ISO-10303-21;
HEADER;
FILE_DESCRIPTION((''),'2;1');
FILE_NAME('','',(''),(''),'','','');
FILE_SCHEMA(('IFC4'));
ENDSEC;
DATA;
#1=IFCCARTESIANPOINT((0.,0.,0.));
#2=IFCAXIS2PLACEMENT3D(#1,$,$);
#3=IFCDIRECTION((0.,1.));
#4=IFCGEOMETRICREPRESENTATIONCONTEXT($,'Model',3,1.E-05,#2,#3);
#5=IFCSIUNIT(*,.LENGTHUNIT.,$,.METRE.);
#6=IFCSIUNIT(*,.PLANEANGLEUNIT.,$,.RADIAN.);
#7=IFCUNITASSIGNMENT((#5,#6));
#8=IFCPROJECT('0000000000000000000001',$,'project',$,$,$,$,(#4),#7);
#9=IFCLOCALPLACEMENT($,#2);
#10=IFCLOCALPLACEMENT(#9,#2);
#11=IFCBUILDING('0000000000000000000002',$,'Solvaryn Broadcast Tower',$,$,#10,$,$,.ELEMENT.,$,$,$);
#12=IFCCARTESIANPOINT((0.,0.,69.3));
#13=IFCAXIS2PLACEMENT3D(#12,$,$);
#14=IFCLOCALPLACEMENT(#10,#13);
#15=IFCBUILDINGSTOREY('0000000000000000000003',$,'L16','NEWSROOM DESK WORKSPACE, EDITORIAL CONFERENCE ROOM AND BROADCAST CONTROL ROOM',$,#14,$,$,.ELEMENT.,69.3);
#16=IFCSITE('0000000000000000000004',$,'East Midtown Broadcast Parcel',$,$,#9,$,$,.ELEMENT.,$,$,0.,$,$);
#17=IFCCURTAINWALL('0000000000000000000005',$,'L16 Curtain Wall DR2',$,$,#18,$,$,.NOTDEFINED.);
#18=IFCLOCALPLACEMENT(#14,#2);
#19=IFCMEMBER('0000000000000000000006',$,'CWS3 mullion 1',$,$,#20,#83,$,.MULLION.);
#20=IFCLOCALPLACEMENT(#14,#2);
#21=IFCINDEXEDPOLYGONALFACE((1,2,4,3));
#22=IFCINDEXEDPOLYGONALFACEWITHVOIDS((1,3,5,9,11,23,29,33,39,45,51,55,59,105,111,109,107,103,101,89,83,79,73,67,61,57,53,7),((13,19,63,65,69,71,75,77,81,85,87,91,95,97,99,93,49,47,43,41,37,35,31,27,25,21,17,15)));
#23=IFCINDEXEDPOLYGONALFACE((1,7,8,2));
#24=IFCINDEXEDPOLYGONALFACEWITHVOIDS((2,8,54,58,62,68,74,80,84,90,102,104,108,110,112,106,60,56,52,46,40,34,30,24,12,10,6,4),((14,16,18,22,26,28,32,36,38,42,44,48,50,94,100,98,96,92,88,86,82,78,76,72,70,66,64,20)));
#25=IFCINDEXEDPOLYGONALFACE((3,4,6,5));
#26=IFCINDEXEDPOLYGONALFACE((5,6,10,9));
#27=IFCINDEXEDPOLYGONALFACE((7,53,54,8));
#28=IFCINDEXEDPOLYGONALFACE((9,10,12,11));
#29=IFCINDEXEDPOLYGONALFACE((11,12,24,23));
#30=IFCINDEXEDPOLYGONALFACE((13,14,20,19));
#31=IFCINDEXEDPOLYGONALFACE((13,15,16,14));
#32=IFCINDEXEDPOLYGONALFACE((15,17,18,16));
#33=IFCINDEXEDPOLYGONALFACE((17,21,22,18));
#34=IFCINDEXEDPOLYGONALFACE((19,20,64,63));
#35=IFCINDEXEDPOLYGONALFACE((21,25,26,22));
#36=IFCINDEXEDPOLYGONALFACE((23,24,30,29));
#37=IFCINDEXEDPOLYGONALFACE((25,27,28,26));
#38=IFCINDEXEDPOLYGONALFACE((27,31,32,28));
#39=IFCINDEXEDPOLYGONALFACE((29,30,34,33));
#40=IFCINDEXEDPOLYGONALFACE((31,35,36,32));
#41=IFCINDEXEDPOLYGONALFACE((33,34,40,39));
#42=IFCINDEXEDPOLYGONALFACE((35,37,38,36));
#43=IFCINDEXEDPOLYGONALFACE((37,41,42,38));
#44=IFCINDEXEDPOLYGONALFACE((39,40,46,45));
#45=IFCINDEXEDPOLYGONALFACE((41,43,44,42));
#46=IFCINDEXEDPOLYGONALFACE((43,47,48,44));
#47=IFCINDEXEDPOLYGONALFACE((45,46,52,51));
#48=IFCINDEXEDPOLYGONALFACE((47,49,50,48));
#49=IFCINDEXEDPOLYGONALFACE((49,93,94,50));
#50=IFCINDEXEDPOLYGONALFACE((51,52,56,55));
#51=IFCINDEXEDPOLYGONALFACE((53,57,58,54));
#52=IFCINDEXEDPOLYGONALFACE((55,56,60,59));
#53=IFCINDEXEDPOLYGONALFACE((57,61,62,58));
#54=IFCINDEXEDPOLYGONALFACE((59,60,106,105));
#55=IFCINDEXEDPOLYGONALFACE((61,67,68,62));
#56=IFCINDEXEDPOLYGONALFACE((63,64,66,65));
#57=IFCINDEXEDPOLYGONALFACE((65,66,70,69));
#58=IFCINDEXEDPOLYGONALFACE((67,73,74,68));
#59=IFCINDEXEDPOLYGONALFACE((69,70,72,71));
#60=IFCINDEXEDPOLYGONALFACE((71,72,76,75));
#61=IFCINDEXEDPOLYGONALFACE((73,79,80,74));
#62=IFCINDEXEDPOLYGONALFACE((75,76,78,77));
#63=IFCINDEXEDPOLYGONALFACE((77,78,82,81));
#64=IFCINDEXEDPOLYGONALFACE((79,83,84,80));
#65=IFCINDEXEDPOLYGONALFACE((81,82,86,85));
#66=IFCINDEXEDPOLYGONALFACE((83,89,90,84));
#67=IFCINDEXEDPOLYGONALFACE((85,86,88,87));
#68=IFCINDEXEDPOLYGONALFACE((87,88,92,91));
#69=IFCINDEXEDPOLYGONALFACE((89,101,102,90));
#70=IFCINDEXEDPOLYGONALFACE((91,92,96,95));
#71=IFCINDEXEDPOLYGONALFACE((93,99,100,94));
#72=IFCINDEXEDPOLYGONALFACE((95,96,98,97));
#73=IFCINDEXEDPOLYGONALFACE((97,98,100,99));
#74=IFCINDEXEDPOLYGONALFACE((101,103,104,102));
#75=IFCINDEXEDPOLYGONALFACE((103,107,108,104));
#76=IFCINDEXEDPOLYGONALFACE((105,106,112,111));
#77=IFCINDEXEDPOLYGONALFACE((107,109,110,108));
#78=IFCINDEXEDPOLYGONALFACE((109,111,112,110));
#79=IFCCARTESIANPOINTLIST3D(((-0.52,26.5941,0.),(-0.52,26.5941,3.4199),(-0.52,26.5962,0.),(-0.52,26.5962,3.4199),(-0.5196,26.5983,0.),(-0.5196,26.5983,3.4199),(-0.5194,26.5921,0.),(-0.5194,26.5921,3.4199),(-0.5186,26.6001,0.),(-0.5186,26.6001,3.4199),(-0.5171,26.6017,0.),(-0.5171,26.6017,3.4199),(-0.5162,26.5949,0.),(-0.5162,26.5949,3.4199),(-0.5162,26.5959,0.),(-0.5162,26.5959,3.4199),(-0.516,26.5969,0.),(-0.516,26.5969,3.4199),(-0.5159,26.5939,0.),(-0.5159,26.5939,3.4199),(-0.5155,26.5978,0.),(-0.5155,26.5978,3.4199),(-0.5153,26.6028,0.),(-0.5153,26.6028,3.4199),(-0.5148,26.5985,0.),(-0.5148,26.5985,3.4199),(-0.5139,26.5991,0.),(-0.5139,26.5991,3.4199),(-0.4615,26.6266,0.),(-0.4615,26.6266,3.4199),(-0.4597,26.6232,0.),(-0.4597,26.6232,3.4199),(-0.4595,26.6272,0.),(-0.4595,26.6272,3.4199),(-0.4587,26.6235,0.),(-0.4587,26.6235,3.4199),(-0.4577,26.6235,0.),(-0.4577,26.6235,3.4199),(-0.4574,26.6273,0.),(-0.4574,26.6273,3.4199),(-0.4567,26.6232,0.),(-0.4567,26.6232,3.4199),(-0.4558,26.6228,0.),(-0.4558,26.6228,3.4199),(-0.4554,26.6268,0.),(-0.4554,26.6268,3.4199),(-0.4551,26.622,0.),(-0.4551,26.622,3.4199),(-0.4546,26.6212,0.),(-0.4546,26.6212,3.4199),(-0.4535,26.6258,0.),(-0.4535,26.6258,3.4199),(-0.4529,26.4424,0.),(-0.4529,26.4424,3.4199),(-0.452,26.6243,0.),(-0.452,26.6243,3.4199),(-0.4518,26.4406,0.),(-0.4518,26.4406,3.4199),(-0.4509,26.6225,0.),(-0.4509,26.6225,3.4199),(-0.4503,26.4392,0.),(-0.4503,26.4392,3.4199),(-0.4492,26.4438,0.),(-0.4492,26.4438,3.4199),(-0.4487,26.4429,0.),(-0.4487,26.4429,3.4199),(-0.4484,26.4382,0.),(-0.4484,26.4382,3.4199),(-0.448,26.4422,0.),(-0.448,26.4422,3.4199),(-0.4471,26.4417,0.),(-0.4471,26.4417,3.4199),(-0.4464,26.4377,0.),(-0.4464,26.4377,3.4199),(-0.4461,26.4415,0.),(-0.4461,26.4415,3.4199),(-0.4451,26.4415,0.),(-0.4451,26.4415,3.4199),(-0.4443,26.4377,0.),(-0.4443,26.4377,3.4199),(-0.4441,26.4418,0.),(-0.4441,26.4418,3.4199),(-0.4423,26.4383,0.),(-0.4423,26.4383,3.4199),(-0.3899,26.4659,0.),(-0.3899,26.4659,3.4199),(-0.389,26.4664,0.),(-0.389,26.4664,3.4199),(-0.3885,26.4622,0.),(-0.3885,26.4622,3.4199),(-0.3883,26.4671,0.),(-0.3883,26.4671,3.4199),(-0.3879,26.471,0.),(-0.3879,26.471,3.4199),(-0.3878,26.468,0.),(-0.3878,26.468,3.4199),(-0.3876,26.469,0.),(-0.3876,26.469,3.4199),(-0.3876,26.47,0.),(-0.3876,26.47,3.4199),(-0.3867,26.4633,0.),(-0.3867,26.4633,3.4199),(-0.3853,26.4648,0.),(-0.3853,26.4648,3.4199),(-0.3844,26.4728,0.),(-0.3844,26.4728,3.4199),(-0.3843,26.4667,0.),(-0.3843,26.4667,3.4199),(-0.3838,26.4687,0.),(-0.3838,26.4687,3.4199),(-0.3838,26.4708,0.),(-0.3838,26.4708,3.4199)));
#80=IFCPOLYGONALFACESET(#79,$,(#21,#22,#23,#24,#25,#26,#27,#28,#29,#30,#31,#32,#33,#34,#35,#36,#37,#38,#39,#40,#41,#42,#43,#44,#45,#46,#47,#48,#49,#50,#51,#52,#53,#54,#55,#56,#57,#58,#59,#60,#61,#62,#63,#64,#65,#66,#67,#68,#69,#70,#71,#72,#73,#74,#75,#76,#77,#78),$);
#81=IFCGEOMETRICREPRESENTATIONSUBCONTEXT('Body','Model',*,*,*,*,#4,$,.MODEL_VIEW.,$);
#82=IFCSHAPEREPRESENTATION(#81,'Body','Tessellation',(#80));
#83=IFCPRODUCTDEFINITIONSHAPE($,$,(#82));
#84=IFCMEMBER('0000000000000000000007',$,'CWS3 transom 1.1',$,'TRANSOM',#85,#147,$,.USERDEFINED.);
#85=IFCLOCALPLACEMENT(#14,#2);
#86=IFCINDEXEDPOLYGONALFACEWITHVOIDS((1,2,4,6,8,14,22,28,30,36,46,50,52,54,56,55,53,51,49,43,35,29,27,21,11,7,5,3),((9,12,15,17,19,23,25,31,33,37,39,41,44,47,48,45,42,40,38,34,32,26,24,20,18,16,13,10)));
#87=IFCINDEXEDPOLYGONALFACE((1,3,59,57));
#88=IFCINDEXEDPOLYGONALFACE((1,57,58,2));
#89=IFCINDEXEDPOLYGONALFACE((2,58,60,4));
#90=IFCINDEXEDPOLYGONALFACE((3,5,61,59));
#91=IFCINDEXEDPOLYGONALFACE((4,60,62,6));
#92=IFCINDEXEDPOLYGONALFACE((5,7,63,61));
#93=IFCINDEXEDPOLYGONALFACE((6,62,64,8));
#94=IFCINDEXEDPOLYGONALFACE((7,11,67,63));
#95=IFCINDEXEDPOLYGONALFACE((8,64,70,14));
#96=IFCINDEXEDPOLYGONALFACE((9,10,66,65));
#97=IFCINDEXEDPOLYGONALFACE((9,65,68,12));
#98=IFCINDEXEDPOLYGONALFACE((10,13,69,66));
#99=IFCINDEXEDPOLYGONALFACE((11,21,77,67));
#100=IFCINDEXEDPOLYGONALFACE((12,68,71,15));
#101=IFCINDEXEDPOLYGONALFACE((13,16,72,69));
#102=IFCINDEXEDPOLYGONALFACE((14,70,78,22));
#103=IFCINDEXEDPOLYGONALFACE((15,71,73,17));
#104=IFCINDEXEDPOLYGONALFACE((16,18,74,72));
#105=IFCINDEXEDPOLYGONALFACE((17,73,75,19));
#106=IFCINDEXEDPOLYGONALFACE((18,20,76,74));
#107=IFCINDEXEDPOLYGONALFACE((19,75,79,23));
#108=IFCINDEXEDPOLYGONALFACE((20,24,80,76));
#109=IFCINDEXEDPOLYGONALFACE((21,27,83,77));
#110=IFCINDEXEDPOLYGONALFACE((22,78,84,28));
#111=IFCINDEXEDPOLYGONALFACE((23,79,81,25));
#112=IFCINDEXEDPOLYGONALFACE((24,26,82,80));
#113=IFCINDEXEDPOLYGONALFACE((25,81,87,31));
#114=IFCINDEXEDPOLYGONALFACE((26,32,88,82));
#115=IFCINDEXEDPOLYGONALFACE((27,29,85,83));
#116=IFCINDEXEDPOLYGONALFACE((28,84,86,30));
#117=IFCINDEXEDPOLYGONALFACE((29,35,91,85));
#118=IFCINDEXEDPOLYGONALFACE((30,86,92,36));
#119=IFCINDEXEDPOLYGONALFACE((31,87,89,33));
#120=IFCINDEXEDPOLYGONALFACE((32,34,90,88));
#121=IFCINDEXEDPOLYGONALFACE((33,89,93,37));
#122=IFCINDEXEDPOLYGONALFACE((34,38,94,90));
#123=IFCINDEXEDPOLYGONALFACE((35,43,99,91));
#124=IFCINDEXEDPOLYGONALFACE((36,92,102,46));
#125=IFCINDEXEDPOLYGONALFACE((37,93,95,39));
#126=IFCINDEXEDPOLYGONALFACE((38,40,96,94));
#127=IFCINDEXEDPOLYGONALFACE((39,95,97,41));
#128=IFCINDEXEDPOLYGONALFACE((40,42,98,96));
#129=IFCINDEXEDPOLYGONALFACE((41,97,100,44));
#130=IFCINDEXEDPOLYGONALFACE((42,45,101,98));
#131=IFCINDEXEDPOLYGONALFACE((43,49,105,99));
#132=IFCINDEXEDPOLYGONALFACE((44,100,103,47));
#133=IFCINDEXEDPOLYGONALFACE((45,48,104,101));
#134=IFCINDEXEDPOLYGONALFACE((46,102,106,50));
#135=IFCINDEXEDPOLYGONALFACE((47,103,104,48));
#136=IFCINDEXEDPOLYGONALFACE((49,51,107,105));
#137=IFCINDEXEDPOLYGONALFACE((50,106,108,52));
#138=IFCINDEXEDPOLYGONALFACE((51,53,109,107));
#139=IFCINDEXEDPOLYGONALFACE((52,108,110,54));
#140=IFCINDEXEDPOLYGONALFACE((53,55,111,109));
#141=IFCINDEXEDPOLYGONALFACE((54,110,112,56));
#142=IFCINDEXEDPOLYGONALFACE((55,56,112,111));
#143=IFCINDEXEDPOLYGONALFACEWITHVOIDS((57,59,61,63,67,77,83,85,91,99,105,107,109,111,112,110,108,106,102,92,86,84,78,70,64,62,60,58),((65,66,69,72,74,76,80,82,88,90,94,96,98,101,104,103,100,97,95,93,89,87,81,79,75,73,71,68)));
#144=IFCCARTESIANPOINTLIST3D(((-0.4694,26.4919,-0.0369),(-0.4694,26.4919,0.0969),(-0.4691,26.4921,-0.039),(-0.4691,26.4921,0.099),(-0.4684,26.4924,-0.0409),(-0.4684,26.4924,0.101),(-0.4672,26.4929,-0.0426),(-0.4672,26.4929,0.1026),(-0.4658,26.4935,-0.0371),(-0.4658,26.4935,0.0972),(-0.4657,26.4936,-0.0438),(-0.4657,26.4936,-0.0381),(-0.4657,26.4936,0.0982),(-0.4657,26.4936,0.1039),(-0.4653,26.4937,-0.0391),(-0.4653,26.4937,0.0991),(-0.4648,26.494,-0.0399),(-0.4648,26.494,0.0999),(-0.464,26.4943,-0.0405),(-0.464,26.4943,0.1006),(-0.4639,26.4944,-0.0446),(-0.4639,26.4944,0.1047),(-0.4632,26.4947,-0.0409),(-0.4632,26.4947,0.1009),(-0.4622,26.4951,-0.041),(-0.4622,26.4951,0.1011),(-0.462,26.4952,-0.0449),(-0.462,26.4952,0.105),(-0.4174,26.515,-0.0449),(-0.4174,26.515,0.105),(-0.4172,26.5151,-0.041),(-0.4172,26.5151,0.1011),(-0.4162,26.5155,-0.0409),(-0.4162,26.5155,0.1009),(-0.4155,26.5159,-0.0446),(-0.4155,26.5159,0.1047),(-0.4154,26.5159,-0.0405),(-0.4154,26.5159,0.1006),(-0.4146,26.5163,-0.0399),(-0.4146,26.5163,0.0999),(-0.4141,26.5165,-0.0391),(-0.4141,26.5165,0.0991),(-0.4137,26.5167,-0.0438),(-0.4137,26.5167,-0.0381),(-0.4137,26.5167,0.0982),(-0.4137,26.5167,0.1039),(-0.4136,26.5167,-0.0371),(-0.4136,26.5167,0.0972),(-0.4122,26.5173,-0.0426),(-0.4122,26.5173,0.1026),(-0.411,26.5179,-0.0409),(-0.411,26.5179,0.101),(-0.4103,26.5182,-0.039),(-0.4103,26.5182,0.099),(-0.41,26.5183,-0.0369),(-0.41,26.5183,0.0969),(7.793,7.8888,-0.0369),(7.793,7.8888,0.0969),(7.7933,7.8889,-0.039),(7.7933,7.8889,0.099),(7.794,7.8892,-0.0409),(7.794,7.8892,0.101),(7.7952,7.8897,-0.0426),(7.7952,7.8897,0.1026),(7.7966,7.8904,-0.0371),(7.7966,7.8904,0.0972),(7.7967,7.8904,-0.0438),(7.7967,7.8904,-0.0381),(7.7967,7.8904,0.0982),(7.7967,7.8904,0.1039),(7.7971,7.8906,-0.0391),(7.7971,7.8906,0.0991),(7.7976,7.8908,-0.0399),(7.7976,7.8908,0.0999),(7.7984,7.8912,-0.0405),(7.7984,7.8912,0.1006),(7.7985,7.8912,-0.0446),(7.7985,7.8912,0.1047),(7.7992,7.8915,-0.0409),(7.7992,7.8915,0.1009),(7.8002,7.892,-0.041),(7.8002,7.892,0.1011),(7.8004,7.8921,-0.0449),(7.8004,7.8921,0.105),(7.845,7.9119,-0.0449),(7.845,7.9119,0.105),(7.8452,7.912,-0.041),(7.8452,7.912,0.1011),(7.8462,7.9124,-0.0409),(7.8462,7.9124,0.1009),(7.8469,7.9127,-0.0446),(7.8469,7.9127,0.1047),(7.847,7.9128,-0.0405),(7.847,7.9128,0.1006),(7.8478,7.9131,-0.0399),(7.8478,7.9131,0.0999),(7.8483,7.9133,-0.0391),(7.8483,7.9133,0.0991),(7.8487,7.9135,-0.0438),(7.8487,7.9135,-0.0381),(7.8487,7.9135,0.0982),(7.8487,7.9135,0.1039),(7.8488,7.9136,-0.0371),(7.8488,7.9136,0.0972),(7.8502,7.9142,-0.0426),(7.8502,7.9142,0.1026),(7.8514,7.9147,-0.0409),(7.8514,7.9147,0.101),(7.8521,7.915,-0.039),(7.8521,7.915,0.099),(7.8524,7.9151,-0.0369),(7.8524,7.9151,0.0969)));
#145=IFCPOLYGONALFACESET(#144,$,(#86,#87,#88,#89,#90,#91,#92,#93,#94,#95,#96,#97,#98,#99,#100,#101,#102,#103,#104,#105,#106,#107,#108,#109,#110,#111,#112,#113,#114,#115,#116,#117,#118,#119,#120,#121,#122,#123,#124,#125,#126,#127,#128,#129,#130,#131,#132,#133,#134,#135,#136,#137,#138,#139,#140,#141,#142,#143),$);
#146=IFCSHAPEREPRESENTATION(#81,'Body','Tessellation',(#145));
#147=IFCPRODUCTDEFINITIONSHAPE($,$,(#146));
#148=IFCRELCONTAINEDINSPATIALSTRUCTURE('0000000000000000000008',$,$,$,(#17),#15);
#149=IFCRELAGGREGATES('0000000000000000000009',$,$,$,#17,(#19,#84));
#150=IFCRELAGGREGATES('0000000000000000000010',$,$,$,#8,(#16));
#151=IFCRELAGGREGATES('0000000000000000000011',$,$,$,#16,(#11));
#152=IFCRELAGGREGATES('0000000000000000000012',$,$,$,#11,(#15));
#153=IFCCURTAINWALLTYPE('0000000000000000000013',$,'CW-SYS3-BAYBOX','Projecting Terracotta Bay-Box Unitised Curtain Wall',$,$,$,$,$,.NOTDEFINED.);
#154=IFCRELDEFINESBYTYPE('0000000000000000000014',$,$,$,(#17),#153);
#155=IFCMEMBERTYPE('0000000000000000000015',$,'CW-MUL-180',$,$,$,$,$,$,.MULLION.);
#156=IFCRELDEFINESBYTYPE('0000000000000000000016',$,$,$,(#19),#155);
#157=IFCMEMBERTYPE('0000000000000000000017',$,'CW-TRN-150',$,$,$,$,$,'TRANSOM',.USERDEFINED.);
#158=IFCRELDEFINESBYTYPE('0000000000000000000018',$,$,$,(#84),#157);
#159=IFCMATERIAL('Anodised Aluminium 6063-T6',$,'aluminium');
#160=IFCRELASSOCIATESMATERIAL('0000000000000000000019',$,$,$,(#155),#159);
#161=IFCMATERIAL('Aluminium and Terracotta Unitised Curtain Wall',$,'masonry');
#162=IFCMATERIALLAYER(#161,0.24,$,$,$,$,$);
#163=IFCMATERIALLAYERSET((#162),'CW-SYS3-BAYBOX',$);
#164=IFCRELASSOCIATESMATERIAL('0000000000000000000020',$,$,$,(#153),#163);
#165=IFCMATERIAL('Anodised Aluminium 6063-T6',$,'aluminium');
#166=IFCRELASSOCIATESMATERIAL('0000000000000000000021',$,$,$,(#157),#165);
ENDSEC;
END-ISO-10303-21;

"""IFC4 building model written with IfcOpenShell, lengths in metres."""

from ifc_helpers import new_model, si_unit, direction, frame, origin, origin_2d, place, context, subcontext, project, spatial, hollow_rectangle, extrude, material, layer, layer_set, material_profile, profile_set, type_object, element, aggregate, save


model = new_model("IFC4")

# Units and contexts
model_context = context("Model", 3, precision=1e-05, world=origin(), true_north=direction((0.0, 1.0)))
body_context = subcontext(model_context, "Body", "Model", "MODEL_VIEW")
ifc_project = project(units=[si_unit("LENGTHUNIT", "METRE"), si_unit("PLANEANGLEUNIT", "RADIAN")], contexts=[model_context])

# Site, building, storey
site_placement = place(None, origin())
site = spatial("IfcSite", under=ifc_project, at=site_placement, Name="East Midtown Broadcast Parcel", CompositionType="ELEMENT", RefElevation=0.0)
building_placement = place(site_placement, origin())
building = spatial("IfcBuilding", under=site, at=building_placement, Name="Solvaryn Broadcast Tower", CompositionType="ELEMENT")
storey_placement = place(building_placement, frame((0.0, 0.0, 69.3)))
storey = spatial("IfcBuildingStorey", under=building, at=storey_placement, Name="L16", Description="NEWSROOM DESK WORKSPACE, EDITORIAL CONFERENCE ROOM AND BROADCAST CONTROL ROOM", CompositionType="ELEMENT", Elevation=69.3)

# Shared definitions
ifc_material_1 = material(Name="Anodised Aluminium 6063-T6", Category="aluminium")
ifc_material_profile_1 = material_profile(ifc_material_1, hollow_rectangle(XDim=0.075, YDim=0.1799, WallThickness=0.0039, InnerFilletRadius=0.0039, OuterFilletRadius=0.0081, at=origin_2d()))
ifc_profile_set_1 = profile_set([ifc_material_profile_1], Name="Anodised Aluminium 6063-T6")
member_type_1 = type_object("IfcMemberType", Name="CW-MUL-180", PredefinedType="MULLION", material=ifc_profile_set_1)

# Curtain wall, members
ifc_material_2 = material(Name="Aluminium and Terracotta Unitised Curtain Wall", Category="masonry")
ifc_layer_1 = layer(ifc_material_2, 0.24)
ifc_layer_set_1 = layer_set([ifc_layer_1], Name="CW-SYS3-BAYBOX")
curtain_wall_type_1 = type_object("IfcCurtainWallType", Name="CW-SYS3-BAYBOX", Description="Projecting Terracotta Bay-Box Unitised Curtain Wall", PredefinedType="NOTDEFINED", material=ifc_layer_set_1)
curtain_wall_1_placement = place(storey_placement, origin())
curtain_wall_1 = element("IfcCurtainWall", 1, at=curtain_wall_1_placement, inside=storey, type_object=curtain_wall_type_1, Name="L16 Curtain Wall DR2", PredefinedType="NOTDEFINED")
member_1_placement = place(storey_placement, frame((-0.4519, 26.5325, 0.0), z_axis=(0.0, 0.0, 1.0), x_axis=(0.913918, 0.405898, 0.0)))
member_1 = element("IfcMember", 2, at=member_1_placement, type_object=member_type_1, Name="CWS3 mullion 1", PredefinedType="MULLION", context=body_context, shape_type="SweptSolid", body=[
    extrude(hollow_rectangle(XDim=0.075, YDim=0.1799, WallThickness=0.0039, InnerFilletRadius=0.0039, OuterFilletRadius=0.0081, at=origin_2d()), origin(), (0.0, 0.0, 1.0), 3.4199),
])
ifc_material_3 = material(Name="Anodised Aluminium 6063-T6", Category="aluminium")
ifc_material_profile_2 = material_profile(ifc_material_3, hollow_rectangle(XDim=0.0649, YDim=0.1499, WallThickness=0.0039, InnerFilletRadius=0.0039, OuterFilletRadius=0.0081, at=origin_2d()))
ifc_profile_set_2 = profile_set([ifc_material_profile_2], Name="Anodised Aluminium 6063-T6")
member_type_2 = type_object("IfcMemberType", Name="CW-TRN-150", ElementType="TRANSOM", PredefinedType="USERDEFINED", material=ifc_profile_set_2)
member_2_placement = place(storey_placement, frame((-0.4397, 26.5051, 0.03), z_axis=(0.405906, -0.913915, 0.0), x_axis=(0.913915, 0.405906, 0.0)))
member_2 = element("IfcMember", 3, at=member_2_placement, type_object=member_type_2, Name="CWS3 transom 1.1", ObjectType="TRANSOM", PredefinedType="USERDEFINED", context=body_context, shape_type="SweptSolid", body=[
    extrude(hollow_rectangle(XDim=0.0649, YDim=0.1499, WallThickness=0.0039, InnerFilletRadius=0.0039, OuterFilletRadius=0.0081, at=origin_2d()), origin(), (0.0, 0.0, 1.0), 20.3555),
])
aggregate(curtain_wall_1, [member_1, member_2])

save(model, "model.ifc")
